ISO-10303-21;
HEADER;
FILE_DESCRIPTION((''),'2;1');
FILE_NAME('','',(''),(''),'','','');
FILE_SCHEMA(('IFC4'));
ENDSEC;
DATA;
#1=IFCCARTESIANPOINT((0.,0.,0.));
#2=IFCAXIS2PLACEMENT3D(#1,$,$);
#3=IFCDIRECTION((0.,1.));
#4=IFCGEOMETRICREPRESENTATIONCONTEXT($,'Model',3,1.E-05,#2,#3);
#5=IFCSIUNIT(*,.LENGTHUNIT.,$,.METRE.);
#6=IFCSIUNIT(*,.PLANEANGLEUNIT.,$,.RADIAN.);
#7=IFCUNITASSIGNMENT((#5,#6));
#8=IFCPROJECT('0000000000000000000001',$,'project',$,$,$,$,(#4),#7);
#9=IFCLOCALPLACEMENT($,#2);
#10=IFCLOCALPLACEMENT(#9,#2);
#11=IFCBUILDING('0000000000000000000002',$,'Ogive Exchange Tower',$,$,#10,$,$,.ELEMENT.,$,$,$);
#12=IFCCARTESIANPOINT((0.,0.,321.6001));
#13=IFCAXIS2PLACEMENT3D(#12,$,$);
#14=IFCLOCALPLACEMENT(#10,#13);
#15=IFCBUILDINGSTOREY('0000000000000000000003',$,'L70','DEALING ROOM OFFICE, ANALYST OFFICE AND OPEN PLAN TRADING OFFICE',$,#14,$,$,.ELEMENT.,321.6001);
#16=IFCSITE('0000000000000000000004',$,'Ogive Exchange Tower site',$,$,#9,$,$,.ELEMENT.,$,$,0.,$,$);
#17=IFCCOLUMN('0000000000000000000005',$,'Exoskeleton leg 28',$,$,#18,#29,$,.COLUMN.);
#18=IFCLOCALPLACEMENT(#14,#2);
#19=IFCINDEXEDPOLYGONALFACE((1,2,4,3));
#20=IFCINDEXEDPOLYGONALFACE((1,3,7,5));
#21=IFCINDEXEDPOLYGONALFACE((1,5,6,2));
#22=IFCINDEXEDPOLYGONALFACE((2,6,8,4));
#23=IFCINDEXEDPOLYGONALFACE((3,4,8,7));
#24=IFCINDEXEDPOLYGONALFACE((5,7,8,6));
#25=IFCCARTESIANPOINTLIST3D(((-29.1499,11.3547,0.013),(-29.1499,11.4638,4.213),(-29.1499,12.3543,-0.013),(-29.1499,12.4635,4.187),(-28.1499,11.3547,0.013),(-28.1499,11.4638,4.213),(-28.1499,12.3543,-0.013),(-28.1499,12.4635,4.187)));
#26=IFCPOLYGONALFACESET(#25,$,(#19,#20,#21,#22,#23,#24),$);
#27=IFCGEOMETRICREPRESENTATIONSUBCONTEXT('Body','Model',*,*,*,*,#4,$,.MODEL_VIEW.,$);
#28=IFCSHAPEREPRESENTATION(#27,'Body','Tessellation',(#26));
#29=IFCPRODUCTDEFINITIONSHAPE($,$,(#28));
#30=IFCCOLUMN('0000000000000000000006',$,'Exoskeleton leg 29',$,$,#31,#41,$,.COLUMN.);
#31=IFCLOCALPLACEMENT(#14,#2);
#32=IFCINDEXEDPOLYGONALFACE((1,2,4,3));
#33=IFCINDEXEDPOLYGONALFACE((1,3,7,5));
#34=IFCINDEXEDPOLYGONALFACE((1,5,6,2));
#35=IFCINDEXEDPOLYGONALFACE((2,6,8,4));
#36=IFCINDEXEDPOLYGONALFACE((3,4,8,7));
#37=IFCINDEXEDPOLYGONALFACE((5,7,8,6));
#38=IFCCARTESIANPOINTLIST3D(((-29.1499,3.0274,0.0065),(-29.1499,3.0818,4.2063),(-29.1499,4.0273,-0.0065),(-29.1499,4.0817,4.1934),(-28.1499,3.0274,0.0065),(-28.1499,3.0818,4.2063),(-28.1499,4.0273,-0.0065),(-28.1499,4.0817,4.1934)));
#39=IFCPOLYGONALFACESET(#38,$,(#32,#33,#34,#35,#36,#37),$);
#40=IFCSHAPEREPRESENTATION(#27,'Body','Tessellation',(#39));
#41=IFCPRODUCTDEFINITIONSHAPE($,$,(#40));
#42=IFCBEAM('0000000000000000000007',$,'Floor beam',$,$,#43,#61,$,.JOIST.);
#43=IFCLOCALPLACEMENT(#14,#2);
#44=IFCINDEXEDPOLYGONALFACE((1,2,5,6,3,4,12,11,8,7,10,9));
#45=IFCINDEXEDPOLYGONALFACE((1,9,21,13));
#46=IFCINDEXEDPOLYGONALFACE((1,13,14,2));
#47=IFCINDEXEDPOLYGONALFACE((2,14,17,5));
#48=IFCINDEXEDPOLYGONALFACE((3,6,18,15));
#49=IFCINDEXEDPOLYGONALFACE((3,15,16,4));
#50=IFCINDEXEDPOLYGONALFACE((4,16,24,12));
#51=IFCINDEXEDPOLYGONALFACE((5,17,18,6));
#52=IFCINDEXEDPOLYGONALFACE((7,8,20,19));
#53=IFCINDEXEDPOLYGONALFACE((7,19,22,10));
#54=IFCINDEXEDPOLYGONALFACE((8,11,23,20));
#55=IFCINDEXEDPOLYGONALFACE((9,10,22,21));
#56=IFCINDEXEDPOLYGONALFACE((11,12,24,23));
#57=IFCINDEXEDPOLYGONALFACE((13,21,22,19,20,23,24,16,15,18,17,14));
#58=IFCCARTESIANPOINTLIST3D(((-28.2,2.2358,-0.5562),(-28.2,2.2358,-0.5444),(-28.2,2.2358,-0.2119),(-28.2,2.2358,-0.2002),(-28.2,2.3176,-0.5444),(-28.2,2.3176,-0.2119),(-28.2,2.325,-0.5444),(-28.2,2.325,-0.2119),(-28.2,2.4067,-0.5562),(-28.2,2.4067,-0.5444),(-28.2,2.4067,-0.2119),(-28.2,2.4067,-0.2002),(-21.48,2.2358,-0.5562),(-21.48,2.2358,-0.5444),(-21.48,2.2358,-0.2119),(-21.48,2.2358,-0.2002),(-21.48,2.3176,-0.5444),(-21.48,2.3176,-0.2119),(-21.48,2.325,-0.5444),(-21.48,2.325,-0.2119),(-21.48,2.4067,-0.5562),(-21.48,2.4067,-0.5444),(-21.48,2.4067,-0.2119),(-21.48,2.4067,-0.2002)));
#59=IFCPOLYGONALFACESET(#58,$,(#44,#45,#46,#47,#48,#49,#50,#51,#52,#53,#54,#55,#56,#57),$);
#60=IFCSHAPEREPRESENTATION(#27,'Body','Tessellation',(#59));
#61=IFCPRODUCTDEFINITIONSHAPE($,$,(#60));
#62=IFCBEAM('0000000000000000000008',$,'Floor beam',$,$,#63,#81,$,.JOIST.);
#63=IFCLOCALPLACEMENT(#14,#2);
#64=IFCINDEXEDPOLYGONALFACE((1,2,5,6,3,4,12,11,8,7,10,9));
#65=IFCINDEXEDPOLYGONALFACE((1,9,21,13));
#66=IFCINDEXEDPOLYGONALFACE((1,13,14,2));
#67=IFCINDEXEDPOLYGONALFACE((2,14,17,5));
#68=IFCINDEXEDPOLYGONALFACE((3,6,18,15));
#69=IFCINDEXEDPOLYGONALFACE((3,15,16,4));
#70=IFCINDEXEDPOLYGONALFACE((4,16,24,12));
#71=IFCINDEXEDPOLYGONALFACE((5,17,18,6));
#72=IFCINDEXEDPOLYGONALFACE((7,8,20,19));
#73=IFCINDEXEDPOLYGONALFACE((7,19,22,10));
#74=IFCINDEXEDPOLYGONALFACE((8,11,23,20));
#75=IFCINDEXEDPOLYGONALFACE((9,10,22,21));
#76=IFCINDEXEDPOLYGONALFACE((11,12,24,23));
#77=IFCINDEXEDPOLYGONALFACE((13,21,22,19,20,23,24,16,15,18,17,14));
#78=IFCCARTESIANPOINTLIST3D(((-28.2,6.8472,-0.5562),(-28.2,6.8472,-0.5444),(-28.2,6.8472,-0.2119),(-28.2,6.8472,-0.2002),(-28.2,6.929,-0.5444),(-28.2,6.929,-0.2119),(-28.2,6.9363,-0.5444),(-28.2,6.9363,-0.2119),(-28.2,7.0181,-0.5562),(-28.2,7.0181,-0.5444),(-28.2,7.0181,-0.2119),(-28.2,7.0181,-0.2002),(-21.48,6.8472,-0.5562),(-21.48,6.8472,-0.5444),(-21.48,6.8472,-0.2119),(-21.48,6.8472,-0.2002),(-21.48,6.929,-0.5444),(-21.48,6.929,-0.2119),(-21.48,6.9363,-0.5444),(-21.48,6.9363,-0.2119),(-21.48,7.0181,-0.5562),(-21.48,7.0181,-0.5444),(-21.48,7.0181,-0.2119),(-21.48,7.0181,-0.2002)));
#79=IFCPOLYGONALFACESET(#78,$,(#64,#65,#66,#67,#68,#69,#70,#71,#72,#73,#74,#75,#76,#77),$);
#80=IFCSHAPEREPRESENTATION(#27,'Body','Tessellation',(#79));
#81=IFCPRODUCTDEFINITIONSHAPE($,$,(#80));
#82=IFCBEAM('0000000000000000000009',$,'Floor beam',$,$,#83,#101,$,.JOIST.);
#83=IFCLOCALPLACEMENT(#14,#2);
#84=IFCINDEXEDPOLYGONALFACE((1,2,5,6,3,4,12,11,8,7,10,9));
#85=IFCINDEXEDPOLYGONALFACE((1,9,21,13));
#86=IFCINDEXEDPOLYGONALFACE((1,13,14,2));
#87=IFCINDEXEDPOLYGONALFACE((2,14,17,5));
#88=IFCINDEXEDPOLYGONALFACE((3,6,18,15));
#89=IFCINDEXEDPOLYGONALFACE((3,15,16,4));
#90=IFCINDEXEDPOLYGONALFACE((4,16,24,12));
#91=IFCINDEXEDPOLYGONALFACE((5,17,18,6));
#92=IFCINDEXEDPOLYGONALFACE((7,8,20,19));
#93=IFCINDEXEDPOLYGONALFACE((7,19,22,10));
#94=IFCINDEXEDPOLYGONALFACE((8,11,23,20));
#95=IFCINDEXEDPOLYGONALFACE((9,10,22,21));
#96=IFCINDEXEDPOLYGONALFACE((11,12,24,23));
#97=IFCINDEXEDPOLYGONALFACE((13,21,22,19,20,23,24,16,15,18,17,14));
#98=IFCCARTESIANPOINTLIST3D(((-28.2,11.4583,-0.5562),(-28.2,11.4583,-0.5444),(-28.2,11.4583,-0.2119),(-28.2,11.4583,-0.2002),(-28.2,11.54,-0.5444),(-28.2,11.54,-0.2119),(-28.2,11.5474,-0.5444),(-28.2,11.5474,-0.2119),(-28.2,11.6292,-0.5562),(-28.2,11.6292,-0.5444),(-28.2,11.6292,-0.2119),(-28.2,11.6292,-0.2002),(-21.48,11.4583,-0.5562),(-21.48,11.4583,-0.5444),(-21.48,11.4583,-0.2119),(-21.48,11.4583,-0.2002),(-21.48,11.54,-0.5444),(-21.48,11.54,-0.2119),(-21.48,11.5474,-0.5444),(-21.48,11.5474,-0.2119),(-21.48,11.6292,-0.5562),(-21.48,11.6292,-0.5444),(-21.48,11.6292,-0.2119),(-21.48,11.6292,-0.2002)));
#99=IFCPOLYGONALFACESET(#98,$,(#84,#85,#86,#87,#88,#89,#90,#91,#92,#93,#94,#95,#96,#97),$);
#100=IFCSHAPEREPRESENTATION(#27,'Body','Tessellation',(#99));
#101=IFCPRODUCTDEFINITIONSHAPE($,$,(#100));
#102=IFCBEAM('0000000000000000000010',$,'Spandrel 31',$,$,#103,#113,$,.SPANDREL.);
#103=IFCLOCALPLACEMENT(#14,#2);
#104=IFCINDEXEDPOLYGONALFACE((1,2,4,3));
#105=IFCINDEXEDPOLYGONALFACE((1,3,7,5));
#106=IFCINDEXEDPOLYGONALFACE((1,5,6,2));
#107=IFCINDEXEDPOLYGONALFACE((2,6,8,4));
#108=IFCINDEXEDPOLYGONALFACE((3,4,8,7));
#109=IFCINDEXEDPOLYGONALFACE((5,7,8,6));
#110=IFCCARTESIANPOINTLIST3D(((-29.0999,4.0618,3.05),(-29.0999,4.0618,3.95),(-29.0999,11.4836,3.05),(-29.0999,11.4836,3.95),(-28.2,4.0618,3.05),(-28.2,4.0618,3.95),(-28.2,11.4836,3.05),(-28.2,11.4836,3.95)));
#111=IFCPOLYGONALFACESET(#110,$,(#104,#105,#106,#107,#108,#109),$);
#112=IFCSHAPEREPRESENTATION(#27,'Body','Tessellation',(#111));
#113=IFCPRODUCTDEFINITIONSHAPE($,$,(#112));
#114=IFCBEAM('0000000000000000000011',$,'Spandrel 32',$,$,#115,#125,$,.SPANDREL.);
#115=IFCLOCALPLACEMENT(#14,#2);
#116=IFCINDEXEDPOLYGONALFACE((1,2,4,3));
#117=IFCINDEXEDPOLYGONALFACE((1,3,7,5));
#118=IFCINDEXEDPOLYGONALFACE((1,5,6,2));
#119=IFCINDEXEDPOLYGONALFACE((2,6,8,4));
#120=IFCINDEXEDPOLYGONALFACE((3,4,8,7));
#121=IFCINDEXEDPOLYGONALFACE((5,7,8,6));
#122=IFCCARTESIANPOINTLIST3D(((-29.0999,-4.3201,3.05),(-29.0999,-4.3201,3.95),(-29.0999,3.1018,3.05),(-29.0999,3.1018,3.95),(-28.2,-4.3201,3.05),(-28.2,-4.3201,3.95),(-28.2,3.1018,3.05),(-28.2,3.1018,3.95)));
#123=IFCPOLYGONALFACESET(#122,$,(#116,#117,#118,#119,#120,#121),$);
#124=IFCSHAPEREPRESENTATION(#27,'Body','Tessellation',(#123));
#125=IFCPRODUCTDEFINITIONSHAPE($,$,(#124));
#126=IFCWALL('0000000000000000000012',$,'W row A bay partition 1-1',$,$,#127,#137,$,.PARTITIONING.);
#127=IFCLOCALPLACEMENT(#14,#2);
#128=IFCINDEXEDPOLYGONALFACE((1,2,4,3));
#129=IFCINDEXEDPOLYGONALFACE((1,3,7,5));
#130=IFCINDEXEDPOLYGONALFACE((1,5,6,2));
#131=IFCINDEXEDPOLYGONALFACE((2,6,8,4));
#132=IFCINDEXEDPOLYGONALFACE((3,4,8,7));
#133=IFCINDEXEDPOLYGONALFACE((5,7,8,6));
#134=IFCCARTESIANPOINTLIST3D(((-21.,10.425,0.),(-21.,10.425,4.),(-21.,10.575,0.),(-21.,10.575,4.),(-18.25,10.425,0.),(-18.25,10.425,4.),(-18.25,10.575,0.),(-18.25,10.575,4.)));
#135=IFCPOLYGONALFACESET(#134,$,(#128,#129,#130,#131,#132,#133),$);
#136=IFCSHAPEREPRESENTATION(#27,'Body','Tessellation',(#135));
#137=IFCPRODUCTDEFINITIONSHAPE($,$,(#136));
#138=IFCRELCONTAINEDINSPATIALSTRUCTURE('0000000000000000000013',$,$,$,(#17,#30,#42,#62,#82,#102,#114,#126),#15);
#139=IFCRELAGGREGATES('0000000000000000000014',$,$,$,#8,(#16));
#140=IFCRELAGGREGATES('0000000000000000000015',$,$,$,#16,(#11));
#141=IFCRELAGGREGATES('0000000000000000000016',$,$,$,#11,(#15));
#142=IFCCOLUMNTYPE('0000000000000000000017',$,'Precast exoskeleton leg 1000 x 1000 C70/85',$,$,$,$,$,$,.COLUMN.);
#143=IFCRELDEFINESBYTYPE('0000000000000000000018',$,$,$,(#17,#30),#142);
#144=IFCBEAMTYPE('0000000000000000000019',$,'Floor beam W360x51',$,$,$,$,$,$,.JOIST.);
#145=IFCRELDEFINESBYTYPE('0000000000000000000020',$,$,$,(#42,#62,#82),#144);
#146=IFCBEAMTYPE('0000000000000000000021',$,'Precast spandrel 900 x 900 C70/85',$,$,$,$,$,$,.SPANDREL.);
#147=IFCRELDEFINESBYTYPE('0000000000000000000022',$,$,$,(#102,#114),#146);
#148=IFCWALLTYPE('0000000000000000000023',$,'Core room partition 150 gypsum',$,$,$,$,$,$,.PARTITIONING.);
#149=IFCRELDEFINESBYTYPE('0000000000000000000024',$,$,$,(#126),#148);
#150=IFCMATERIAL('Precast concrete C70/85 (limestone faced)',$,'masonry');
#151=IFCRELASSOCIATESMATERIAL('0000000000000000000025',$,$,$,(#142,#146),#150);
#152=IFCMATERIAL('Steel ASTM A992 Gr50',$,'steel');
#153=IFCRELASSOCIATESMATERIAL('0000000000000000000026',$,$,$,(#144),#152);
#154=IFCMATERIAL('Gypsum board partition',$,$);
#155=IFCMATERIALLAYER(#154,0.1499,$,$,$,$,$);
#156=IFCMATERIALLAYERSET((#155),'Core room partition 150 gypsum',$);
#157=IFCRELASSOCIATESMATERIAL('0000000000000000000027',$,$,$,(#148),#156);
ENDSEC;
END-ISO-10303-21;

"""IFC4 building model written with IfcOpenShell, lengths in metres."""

from ifc_helpers import new_model, si_unit, direction, frame, frame_2d, origin, origin_2d, place, context, subcontext, project, spatial, rectangle, i_section, extrude, material, layer, layer_set, material_profile, profile_set, type_object, element, save


model = new_model("IFC4")

# Units and contexts
model_context = context("Model", 3, precision=1e-05, world=origin(), true_north=direction((0.0, 1.0)))
body_context = subcontext(model_context, "Body", "Model", "MODEL_VIEW")
ifc_project = project(units=[si_unit("LENGTHUNIT", "METRE"), si_unit("PLANEANGLEUNIT", "RADIAN")], contexts=[model_context])

# Site, building, storey
site_placement = place(None, origin())
site = spatial("IfcSite", under=ifc_project, at=site_placement, Name="Ogive Exchange Tower site", CompositionType="ELEMENT", RefElevation=0.0)
building_placement = place(site_placement, origin())
building = spatial("IfcBuilding", under=site, at=building_placement, Name="Ogive Exchange Tower", CompositionType="ELEMENT")
storey_placement = place(building_placement, frame((0.0, 0.0, 321.6001)))
storey = spatial("IfcBuildingStorey", under=building, at=storey_placement, Name="L70", Description="DEALING ROOM OFFICE, ANALYST OFFICE AND OPEN PLAN TRADING OFFICE", CompositionType="ELEMENT", Elevation=321.6001)

# Columns
ifc_material_1 = material(Name="Precast concrete C70/85 (limestone faced)", Category="masonry")
ifc_material_profile_1 = material_profile(ifc_material_1, rectangle(XDim=1.0, YDim=1.0, at=origin_2d()), Name="1000 x 1000")
ifc_profile_set_1 = profile_set([ifc_material_profile_1], Name="Precast concrete C70/85 (limestone faced)")
column_type = type_object("IfcColumnType", Name="Precast exoskeleton leg 1000 x 1000 C70/85", PredefinedType="COLUMN", material=ifc_profile_set_1)
column_1_placement = place(storey_placement, frame((-28.6499, 11.8545, 0.0), z_axis=(0.0, 0.025975, 0.999663), x_axis=(-1.0, 0.0, 0.0)))
element("IfcColumn", 1, at=column_1_placement, inside=storey, type_object=column_type, Name="Exoskeleton leg 28", PredefinedType="COLUMN", context=body_context, shape_type="SweptSolid", body=[
    extrude(rectangle(XDim=1.0, YDim=1.0, at=origin_2d()), origin(), (0.0, 0.0, 1.0), 4.2014),
])
column_2_placement = place(storey_placement, frame((-28.6499, 3.5273, 0.0), z_axis=(0.0, 0.012962, 0.999916), x_axis=(-1.0, 0.0, 0.0)))
element("IfcColumn", 2, at=column_2_placement, inside=storey, type_object=column_type, Name="Exoskeleton leg 29", PredefinedType="COLUMN", context=body_context, shape_type="SweptSolid", body=[
    extrude(rectangle(XDim=1.0, YDim=1.0, at=origin_2d()), origin(), (0.0, 0.0, 1.0), 4.2002),
])

# Beams
ifc_material_2 = material(Name="Steel ASTM A992 Gr50", Category="steel")
ifc_material_profile_2 = material_profile(ifc_material_2, i_section(OverallWidth=0.1709, OverallDepth=0.356, WebThickness=0.0073, FlangeThickness=0.0117, at=origin_2d()), Name="W360x51")
ifc_profile_set_2 = profile_set([ifc_material_profile_2], Name="Steel ASTM A992 Gr50")
beam_type_1 = type_object("IfcBeamType", Name="Floor beam W360x51", PredefinedType="JOIST", material=ifc_profile_set_2)
for number, where, z_axis, x_axis, name in (
    (3, (-28.2, 2.3213, -0.3782), (1.0, 0.0, 0.0), (0.0, 1.0, 0.0), "Floor beam"),
    (4, (-28.2, 6.9326, -0.3782), (1.0, 0.0, 0.0), (0.0, 1.0, 0.0), "Floor beam"),
    (5, (-28.2, 11.5437, -0.3782), (1.0, 0.0, 0.0), (0.0, 1.0, 0.0), "Floor beam"),
):
    element("IfcBeam", number, at=place(storey_placement, frame(where, z_axis=z_axis, x_axis=x_axis)), inside=storey, type_object=beam_type_1, Name=name, PredefinedType="JOIST", context=body_context, shape_type="SweptSolid", body=[
        extrude(i_section(OverallWidth=0.1709, OverallDepth=0.356, WebThickness=0.0073, FlangeThickness=0.0117, at=origin_2d()), origin(), (0.0, 0.0, 1.0), 6.72),
    ])
ifc_material_profile_3 = material_profile(ifc_material_1, rectangle(XDim=0.8999, YDim=0.8999, at=origin_2d()), Name="900 x 900")
ifc_profile_set_3 = profile_set([ifc_material_profile_3], Name="Precast concrete C70/85 (limestone faced)")
beam_type_2 = type_object("IfcBeamType", Name="Precast spandrel 900 x 900 C70/85", PredefinedType="SPANDREL", material=ifc_profile_set_3)
for number, where, z_axis, x_axis, name in (
    (6, (-28.6499, 11.4836, 3.5), (0.0, -1.0, 0.0), (1.0, 0.0, 0.0), "Spandrel 31"),
    (7, (-28.6499, 3.1018, 3.5), (0.0, -1.0, 0.0), (1.0, 0.0, 0.0), "Spandrel 32"),
):
    element("IfcBeam", number, at=place(storey_placement, frame(where, z_axis=z_axis, x_axis=x_axis)), inside=storey, type_object=beam_type_2, Name=name, PredefinedType="SPANDREL", context=body_context, shape_type="SweptSolid", body=[
        extrude(rectangle(XDim=0.8999, YDim=0.8999, at=origin_2d()), origin(), (0.0, 0.0, 1.0), 7.4219),
    ])

# Wall
ifc_material_3 = material(Name="Gypsum board partition")
ifc_layer_1 = layer(ifc_material_3, 0.1499)
ifc_layer_set_1 = layer_set([ifc_layer_1], Name="Core room partition 150 gypsum")
wall_type_1 = type_object("IfcWallType", Name="Core room partition 150 gypsum", PredefinedType="PARTITIONING", material=ifc_layer_set_1)
wall_1_placement = place(storey_placement, frame((-21.0, 10.5, 0.0), z_axis=(0.0, 0.0, 1.0), x_axis=(1.0, 0.0, 0.0)))
element("IfcWall", 8, at=wall_1_placement, inside=storey, type_object=wall_type_1, Name="W row A bay partition 1-1", PredefinedType="PARTITIONING", context=body_context, shape_type="SweptSolid", body=[
    extrude(rectangle(XDim=2.75, YDim=0.1499, at=frame_2d((1.375, 0.0))), origin(), (0.0, 0.0, 1.0), 4.0),
])

save(model, "model.ifc")
